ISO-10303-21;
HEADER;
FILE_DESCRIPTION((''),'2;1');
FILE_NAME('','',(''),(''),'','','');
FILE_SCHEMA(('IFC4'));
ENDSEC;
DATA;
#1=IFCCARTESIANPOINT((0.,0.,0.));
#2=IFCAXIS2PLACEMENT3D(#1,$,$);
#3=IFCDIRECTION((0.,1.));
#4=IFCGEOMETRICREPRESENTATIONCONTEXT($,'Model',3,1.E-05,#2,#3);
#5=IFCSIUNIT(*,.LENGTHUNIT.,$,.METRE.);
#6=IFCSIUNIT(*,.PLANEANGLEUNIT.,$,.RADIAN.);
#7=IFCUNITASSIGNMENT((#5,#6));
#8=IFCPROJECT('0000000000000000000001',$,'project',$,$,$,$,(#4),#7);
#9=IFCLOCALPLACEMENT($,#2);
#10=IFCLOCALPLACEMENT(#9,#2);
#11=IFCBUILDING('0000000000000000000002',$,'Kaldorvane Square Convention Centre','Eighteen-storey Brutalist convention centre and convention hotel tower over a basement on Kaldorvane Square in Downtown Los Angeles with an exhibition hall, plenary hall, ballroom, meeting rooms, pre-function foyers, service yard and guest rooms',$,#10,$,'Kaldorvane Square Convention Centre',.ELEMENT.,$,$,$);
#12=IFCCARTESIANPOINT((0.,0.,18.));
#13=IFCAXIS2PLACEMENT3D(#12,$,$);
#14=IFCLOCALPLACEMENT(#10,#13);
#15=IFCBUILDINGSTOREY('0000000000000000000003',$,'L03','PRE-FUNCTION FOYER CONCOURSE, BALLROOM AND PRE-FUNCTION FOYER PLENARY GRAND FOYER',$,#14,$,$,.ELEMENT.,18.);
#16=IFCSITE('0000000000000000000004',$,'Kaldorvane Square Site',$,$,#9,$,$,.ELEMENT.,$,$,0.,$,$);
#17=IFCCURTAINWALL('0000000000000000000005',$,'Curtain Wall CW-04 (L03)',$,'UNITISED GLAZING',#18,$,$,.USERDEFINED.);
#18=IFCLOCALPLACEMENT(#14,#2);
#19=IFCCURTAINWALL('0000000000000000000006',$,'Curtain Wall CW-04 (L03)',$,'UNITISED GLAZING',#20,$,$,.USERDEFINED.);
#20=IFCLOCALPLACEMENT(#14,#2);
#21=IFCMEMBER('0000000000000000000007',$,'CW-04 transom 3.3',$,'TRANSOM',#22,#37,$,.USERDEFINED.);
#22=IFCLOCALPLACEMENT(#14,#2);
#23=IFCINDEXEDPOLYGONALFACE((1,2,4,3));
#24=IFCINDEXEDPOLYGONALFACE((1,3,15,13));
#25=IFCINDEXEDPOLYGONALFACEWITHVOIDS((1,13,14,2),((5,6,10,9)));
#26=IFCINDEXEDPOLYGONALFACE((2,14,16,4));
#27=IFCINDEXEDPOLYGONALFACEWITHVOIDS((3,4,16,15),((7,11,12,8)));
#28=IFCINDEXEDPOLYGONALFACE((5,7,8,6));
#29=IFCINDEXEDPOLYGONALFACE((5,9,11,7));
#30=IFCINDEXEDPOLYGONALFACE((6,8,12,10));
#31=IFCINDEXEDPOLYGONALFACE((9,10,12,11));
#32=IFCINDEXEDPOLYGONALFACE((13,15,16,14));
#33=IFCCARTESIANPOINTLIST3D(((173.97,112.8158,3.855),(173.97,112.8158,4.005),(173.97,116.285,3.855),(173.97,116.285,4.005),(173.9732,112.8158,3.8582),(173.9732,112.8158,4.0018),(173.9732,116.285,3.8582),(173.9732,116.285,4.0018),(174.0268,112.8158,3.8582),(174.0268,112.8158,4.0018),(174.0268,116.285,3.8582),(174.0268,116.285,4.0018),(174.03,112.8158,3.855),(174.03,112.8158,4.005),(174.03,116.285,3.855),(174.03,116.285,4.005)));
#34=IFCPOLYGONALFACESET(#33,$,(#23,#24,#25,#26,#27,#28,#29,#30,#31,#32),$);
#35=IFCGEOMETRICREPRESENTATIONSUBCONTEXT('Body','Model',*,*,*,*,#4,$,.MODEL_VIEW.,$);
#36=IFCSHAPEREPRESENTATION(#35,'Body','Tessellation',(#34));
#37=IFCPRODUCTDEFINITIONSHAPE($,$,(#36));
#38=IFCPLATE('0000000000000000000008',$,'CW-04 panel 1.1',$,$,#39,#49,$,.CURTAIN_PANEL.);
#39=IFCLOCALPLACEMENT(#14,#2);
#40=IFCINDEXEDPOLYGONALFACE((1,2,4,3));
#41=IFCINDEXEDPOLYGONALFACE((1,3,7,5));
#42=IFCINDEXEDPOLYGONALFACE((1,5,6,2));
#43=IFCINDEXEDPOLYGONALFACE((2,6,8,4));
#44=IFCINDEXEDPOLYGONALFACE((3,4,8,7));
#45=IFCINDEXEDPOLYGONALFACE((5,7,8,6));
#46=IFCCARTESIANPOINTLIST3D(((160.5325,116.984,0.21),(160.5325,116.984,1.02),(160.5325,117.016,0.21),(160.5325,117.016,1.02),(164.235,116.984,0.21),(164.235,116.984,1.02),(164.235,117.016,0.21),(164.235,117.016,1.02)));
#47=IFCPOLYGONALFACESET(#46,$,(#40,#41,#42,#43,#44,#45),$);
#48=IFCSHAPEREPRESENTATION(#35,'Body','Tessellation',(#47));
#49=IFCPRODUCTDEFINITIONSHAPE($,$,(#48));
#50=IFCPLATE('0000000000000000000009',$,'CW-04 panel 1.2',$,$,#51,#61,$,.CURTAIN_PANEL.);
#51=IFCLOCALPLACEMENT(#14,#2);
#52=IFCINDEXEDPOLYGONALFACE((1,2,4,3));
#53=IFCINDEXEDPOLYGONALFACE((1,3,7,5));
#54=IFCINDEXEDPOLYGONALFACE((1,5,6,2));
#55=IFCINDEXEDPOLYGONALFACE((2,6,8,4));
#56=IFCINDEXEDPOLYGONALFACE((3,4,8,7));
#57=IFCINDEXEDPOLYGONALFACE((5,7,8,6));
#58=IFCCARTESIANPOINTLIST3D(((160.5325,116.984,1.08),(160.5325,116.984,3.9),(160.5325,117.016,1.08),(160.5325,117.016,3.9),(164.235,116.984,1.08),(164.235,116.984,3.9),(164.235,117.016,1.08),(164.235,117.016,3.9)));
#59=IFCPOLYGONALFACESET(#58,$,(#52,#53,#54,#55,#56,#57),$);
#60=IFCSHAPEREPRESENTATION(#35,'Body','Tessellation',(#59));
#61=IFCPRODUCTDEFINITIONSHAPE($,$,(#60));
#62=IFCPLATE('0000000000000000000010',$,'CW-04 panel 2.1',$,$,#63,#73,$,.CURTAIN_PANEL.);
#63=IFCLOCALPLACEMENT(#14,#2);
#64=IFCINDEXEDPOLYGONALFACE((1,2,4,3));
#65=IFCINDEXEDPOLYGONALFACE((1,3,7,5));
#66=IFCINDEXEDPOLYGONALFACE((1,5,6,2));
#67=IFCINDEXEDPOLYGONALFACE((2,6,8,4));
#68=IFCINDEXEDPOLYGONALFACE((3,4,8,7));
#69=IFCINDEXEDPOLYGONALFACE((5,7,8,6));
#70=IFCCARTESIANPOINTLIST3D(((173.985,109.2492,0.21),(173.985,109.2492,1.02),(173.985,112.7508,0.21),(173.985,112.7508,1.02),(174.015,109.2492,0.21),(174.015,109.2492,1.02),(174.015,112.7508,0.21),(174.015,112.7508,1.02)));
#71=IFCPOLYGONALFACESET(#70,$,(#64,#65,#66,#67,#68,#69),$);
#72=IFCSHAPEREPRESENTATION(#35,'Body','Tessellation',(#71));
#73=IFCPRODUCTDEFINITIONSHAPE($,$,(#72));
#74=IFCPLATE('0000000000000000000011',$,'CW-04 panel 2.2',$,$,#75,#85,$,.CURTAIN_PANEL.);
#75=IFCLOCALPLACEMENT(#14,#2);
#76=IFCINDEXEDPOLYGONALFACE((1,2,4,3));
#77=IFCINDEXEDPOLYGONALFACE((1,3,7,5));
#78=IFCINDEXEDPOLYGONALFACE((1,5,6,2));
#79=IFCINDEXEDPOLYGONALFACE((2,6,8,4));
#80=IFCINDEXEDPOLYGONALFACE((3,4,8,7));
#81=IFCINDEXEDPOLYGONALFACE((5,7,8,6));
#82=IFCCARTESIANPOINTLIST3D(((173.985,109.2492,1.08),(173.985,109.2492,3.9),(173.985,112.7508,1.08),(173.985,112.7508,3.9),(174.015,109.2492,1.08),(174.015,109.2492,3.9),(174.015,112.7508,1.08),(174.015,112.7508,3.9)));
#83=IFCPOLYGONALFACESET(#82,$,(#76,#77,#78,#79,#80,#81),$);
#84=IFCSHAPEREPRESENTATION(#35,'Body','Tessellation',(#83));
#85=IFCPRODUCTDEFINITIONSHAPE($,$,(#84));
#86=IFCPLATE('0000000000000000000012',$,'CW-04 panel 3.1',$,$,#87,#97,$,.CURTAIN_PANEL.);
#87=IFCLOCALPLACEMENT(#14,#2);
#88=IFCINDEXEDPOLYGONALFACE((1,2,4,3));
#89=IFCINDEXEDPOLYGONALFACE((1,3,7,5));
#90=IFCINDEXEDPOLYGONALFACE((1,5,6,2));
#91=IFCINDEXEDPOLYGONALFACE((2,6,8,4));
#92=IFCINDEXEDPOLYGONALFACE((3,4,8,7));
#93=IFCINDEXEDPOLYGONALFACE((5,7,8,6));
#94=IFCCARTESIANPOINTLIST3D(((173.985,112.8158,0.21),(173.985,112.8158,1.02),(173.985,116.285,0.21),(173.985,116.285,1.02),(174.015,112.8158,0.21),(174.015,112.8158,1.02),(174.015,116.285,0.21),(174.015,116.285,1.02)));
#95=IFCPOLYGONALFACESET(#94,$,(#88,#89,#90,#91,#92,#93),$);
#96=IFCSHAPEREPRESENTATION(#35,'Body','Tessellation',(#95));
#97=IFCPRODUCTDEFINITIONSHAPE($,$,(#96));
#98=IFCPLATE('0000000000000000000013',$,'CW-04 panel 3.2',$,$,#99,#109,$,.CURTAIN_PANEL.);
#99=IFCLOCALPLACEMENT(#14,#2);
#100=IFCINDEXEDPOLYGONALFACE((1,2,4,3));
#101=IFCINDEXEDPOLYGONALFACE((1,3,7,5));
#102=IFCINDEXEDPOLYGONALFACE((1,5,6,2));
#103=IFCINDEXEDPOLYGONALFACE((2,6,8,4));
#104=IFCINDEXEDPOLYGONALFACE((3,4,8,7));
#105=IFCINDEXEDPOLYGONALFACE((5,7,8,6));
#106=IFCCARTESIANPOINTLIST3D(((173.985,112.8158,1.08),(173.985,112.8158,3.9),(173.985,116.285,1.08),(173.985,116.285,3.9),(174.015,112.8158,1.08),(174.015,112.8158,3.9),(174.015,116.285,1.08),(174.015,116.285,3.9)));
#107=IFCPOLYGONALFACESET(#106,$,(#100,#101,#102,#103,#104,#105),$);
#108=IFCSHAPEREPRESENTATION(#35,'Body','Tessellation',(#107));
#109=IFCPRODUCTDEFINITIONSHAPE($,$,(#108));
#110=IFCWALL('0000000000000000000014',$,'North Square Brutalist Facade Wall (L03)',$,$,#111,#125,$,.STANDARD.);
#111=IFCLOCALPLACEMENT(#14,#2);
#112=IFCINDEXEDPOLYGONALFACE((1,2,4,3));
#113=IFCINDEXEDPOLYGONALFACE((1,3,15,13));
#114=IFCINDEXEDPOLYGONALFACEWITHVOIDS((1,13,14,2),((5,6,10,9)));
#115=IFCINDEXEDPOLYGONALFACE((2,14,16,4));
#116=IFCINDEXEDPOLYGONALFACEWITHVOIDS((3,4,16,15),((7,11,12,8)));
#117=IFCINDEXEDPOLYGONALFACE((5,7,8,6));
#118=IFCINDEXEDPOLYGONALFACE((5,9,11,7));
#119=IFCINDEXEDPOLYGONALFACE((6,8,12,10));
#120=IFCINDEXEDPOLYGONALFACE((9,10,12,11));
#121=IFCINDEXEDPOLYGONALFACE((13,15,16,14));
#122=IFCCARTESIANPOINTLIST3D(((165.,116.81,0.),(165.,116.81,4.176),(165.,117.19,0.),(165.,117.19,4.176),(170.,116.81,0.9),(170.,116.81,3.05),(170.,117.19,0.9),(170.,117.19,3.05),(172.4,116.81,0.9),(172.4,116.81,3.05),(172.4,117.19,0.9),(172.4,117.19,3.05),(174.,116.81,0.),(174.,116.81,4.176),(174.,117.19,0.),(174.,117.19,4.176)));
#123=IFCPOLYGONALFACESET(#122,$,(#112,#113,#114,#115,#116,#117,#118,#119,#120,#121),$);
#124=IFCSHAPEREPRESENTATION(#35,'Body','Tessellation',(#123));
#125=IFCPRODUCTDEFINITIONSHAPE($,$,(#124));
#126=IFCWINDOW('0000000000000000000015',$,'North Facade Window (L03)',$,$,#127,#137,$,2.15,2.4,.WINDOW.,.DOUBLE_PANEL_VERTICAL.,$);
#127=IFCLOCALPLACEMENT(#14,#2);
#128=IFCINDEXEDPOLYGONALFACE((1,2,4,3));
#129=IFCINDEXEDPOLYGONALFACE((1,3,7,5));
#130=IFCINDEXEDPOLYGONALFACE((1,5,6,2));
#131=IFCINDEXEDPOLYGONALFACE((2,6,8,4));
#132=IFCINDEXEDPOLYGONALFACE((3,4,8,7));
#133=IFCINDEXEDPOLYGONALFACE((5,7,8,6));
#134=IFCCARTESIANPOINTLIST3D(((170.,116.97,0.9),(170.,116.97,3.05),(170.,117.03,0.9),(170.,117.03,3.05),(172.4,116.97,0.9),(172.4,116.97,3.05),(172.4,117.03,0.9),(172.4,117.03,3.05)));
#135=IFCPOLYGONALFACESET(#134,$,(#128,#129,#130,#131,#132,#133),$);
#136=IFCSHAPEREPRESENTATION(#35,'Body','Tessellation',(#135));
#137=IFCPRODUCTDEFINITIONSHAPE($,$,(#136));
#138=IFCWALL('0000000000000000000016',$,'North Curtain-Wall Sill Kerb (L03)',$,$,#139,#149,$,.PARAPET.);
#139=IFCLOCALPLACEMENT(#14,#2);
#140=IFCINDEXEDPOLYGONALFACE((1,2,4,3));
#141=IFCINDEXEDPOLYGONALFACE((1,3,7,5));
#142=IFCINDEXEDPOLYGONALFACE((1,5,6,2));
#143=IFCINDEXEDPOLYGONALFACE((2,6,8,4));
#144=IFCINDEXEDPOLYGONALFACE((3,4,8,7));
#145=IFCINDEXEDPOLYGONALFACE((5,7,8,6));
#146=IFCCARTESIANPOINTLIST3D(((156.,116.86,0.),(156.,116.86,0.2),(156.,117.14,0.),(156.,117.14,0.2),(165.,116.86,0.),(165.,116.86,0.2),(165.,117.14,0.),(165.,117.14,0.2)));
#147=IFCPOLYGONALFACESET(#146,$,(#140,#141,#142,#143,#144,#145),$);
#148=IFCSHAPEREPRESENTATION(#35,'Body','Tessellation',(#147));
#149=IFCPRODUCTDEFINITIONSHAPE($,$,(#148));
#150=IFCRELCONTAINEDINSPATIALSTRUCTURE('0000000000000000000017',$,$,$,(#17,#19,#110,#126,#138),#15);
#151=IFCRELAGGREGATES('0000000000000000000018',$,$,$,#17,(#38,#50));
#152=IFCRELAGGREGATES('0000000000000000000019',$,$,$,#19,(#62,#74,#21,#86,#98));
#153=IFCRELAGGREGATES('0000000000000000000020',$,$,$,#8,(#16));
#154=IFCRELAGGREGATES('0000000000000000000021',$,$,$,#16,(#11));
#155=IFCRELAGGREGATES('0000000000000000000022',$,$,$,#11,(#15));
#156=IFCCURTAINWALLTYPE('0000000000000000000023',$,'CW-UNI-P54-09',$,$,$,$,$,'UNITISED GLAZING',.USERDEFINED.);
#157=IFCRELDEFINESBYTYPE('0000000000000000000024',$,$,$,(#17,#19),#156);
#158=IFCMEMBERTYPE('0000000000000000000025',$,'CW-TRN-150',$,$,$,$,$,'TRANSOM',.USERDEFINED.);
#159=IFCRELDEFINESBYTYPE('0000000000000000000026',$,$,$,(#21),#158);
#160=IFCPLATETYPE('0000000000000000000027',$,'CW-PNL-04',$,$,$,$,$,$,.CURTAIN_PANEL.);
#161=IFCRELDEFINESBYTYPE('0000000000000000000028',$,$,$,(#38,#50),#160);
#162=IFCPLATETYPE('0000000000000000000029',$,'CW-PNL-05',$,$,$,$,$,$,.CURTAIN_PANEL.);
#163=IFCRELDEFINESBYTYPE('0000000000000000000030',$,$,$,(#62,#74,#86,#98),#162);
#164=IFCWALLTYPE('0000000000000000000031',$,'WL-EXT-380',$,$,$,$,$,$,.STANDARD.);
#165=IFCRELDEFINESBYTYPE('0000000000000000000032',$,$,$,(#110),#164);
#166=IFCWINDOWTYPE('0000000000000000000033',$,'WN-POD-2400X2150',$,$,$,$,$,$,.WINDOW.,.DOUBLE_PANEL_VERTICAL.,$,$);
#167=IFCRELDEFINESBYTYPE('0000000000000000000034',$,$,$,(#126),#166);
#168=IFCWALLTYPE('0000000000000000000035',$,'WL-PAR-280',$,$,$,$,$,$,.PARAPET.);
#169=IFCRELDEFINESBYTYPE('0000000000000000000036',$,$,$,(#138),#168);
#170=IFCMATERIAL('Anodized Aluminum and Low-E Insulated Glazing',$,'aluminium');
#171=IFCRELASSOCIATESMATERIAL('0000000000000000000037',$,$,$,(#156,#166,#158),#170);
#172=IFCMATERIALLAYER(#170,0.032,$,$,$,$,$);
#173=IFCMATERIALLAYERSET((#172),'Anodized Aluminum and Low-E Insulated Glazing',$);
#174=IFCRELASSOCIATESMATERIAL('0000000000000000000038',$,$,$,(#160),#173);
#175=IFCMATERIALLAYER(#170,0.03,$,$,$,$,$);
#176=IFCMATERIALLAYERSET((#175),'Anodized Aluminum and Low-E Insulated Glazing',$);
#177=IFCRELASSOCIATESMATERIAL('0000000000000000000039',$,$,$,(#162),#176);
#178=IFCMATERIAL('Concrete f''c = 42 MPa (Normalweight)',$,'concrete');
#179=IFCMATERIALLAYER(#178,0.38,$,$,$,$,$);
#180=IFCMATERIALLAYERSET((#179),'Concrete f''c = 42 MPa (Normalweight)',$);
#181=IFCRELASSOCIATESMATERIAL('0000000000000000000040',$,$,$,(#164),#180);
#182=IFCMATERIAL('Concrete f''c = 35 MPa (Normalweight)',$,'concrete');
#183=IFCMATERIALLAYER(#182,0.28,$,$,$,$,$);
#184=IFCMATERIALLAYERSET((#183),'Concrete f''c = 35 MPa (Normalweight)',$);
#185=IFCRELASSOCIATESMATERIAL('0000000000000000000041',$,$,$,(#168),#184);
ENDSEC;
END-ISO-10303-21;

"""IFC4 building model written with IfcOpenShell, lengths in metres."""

from ifc_helpers import new_model, si_unit, direction, frame, frame_2d, origin, origin_2d, place, context, subcontext, project, spatial, rectangle, hollow_rectangle, extrude, material, layer, layer_set, material_profile, profile_set, type_object, element, fill, aggregate, save


model = new_model("IFC4")

# Units and contexts
model_context = context("Model", 3, precision=1e-05, world=origin(), true_north=direction((0.0, 1.0)))
body_context = subcontext(model_context, "Body", "Model", "MODEL_VIEW")
ifc_project = project(units=[si_unit("LENGTHUNIT", "METRE"), si_unit("PLANEANGLEUNIT", "RADIAN")], contexts=[model_context])

# Site, building, storey
site_placement = place(None, origin())
site = spatial("IfcSite", under=ifc_project, at=site_placement, Name="Kaldorvane Square Site", CompositionType="ELEMENT", RefElevation=0.0)
building_placement = place(site_placement, origin())
building = spatial("IfcBuilding", under=site, at=building_placement, Name="Kaldorvane Square Convention Centre", Description="Eighteen-storey Brutalist convention centre and convention hotel tower over a basement on Kaldorvane Square in Downtown Los Angeles with an exhibition hall, plenary hall, ballroom, meeting rooms, pre-function foyers, service yard and guest rooms", LongName="Kaldorvane Square Convention Centre", CompositionType="ELEMENT")
storey_placement = place(building_placement, frame((0.0, 0.0, 18.0)))
storey = spatial("IfcBuildingStorey", under=building, at=storey_placement, Name="L03", Description="PRE-FUNCTION FOYER CONCOURSE, BALLROOM AND PRE-FUNCTION FOYER PLENARY GRAND FOYER", CompositionType="ELEMENT", Elevation=18.0)

# Shared definitions
ifc_material_1 = material(Name="Concrete f'c = 42 MPa (Normalweight)", Category="concrete")

# Curtain walls
ifc_material_2 = material(Name="Anodized Aluminum and Low-E Insulated Glazing", Category="aluminium")
curtain_wall_type = type_object("IfcCurtainWallType", Name="CW-UNI-P54-09", ElementType="UNITISED GLAZING", PredefinedType="USERDEFINED", material=ifc_material_2)
curtain_wall_1_placement = place(storey_placement, origin())
curtain_wall_1 = element("IfcCurtainWall", 1, at=curtain_wall_1_placement, inside=storey, type_object=curtain_wall_type, Name="Curtain Wall CW-04 (L03)", ObjectType="UNITISED GLAZING", PredefinedType="USERDEFINED")
curtain_wall_2_placement = place(storey_placement, origin())
curtain_wall_2 = element("IfcCurtainWall", 2, at=curtain_wall_2_placement, inside=storey, type_object=curtain_wall_type, Name="Curtain Wall CW-04 (L03)", ObjectType="UNITISED GLAZING", PredefinedType="USERDEFINED")

# Member
ifc_material_profile_1 = material_profile(ifc_material_2, hollow_rectangle(XDim=0.06, YDim=0.15, WallThickness=0.0032, at=origin_2d()), Name="CWT-150X60")
ifc_profile_set_1 = profile_set([ifc_material_profile_1], Name="Anodized Aluminum and Low-E Insulated Glazing")
member_type_1 = type_object("IfcMemberType", Name="CW-TRN-150", ElementType="TRANSOM", PredefinedType="USERDEFINED", material=ifc_profile_set_1)
member_1_placement = place(storey_placement, frame((174.0, 112.8158, 3.93), z_axis=(0.0, 1.0, 0.0), x_axis=(-1.0, 0.0, 0.0)))
member_1 = element("IfcMember", 3, at=member_1_placement, type_object=member_type_1, Name="CW-04 transom 3.3", ObjectType="TRANSOM", PredefinedType="USERDEFINED", context=body_context, shape_type="SweptSolid", body=[
    extrude(hollow_rectangle(XDim=0.06, YDim=0.15, WallThickness=0.0032, at=origin_2d()), origin(), (0.0, 0.0, 1.0), 3.4692),
])

# Plates
ifc_layer_1 = layer(ifc_material_2, 0.032)
ifc_layer_set_1 = layer_set([ifc_layer_1], Name="Anodized Aluminum and Low-E Insulated Glazing")
plate_type_1 = type_object("IfcPlateType", Name="CW-PNL-04", PredefinedType="CURTAIN_PANEL", material=ifc_layer_set_1)
plate_1_placement = place(storey_placement, frame((162.3837, 117.0, 0.21), z_axis=(0.0, 0.0, 1.0), x_axis=(-1.0, 0.0, 0.0)))
plate_1 = element("IfcPlate", 4, at=plate_1_placement, type_object=plate_type_1, Name="CW-04 panel 1.1", PredefinedType="CURTAIN_PANEL", context=body_context, shape_type="SweptSolid", body=[
    extrude(rectangle(XDim=3.7025, YDim=0.032, at=origin_2d()), origin(), (0.0, 0.0, 1.0), 0.81),
])
plate_2_placement = place(storey_placement, frame((162.3837, 117.0, 1.08), z_axis=(0.0, 0.0, 1.0), x_axis=(-1.0, 0.0, 0.0)))
plate_2 = element("IfcPlate", 5, at=plate_2_placement, type_object=plate_type_1, Name="CW-04 panel 1.2", PredefinedType="CURTAIN_PANEL", context=body_context, shape_type="SweptSolid", body=[
    extrude(rectangle(XDim=3.7025, YDim=0.032, at=origin_2d()), origin(), (0.0, 0.0, 1.0), 2.82),
])
aggregate(curtain_wall_1, [plate_1, plate_2])
ifc_layer_2 = layer(ifc_material_2, 0.03)
ifc_layer_set_2 = layer_set([ifc_layer_2], Name="Anodized Aluminum and Low-E Insulated Glazing")
plate_type_2 = type_object("IfcPlateType", Name="CW-PNL-05", PredefinedType="CURTAIN_PANEL", material=ifc_layer_set_2)
plate_3_placement = place(storey_placement, frame((174.0, 111.0, 0.21), z_axis=(0.0, 0.0, 1.0), x_axis=(0.0, 1.0, 0.0)))
plate_3 = element("IfcPlate", 6, at=plate_3_placement, type_object=plate_type_2, Name="CW-04 panel 2.1", PredefinedType="CURTAIN_PANEL", context=body_context, shape_type="SweptSolid", body=[
    extrude(rectangle(XDim=3.5017, YDim=0.03, at=origin_2d()), origin(), (0.0, 0.0, 1.0), 0.81),
])
plate_4_placement = place(storey_placement, frame((174.0, 111.0, 1.08), z_axis=(0.0, 0.0, 1.0), x_axis=(0.0, 1.0, 0.0)))
plate_4 = element("IfcPlate", 7, at=plate_4_placement, type_object=plate_type_2, Name="CW-04 panel 2.2", PredefinedType="CURTAIN_PANEL", context=body_context, shape_type="SweptSolid", body=[
    extrude(rectangle(XDim=3.5017, YDim=0.03, at=origin_2d()), origin(), (0.0, 0.0, 1.0), 2.82),
])
plate_5_placement = place(storey_placement, frame((174.0, 114.5504, 0.21), z_axis=(0.0, 0.0, 1.0), x_axis=(0.0, 1.0, 0.0)))
plate_5 = element("IfcPlate", 8, at=plate_5_placement, type_object=plate_type_2, Name="CW-04 panel 3.1", PredefinedType="CURTAIN_PANEL", context=body_context, shape_type="SweptSolid", body=[
    extrude(rectangle(XDim=3.4692, YDim=0.03, at=origin_2d()), origin(), (0.0, 0.0, 1.0), 0.81),
])
plate_6_placement = place(storey_placement, frame((174.0, 114.5504, 1.08), z_axis=(0.0, 0.0, 1.0), x_axis=(0.0, 1.0, 0.0)))
plate_6 = element("IfcPlate", 9, at=plate_6_placement, type_object=plate_type_2, Name="CW-04 panel 3.2", PredefinedType="CURTAIN_PANEL", context=body_context, shape_type="SweptSolid", body=[
    extrude(rectangle(XDim=3.4692, YDim=0.03, at=origin_2d()), origin(), (0.0, 0.0, 1.0), 2.82),
])
aggregate(curtain_wall_2, [plate_3, plate_4, member_1, plate_5, plate_6])

# Wall, opening, window
ifc_layer_3 = layer(ifc_material_1, 0.38)
ifc_layer_set_3 = layer_set([ifc_layer_3], Name="Concrete f'c = 42 MPa (Normalweight)")
wall_type_1 = type_object("IfcWallType", Name="WL-EXT-380", PredefinedType="STANDARD", material=ifc_layer_set_3)
wall_1_placement = place(storey_placement, frame((174.0, 117.0, 0.0), z_axis=(0.0, 0.0, 1.0), x_axis=(-1.0, 0.0, 0.0)))
wall_1 = element("IfcWall", 10, at=wall_1_placement, inside=storey, type_object=wall_type_1, Name="North Square Brutalist Facade Wall (L03)", PredefinedType="STANDARD", context=body_context, shape_type="SweptSolid", body=[
    extrude(rectangle(XDim=9.0, YDim=0.38, at=frame_2d((4.5, 0.0))), origin(), (0.0, 0.0, 1.0), 4.176),
])
opening_placement = place(wall_1_placement, frame((1.6, 0.0, 0.9)))
opening = element("IfcOpeningElement", 11, at=opening_placement, cuts=wall_1, PredefinedType="OPENING", context=body_context, shape_type="SweptSolid", body=[
    extrude(rectangle(XDim=2.4, YDim=2.15, at=frame_2d((1.2, 1.075))), frame((0.0, 0.205, 0.0), z_axis=(0.0, -1.0, 0.0), x_axis=(1.0, 0.0, 0.0)), (0.0, 0.0, 1.0), 0.41),
])
window_type = type_object("IfcWindowType", Name="WN-POD-2400X2150", PartitioningType="DOUBLE_PANEL_VERTICAL", PredefinedType="WINDOW", material=ifc_material_2)
window_placement = place(opening_placement, origin())
window = element("IfcWindow", 12, at=window_placement, inside=storey, type_object=window_type, Name="North Facade Window (L03)", OverallHeight=2.15, OverallWidth=2.4, PartitioningType="DOUBLE_PANEL_VERTICAL", PredefinedType="WINDOW", context=body_context, shape_type="SweptSolid", body=[
    extrude(rectangle(XDim=2.4, YDim=2.15, at=frame_2d((1.2, 1.075))), frame((0.0, 0.03, 0.0), z_axis=(0.0, -1.0, 0.0), x_axis=(1.0, 0.0, 0.0)), (0.0, 0.0, 1.0), 0.06),
])
fill(opening, window)

# Wall
ifc_material_3 = material(Name="Concrete f'c = 35 MPa (Normalweight)", Category="concrete")
ifc_layer_4 = layer(ifc_material_3, 0.28)
ifc_layer_set_4 = layer_set([ifc_layer_4], Name="Concrete f'c = 35 MPa (Normalweight)")
wall_type_2 = type_object("IfcWallType", Name="WL-PAR-280", PredefinedType="PARAPET", material=ifc_layer_set_4)
wall_2_placement = place(storey_placement, frame((165.0, 117.0, 0.0), z_axis=(0.0, 0.0, 1.0), x_axis=(-1.0, 0.0, 0.0)))
element("IfcWall", 13, at=wall_2_placement, inside=storey, type_object=wall_type_2, Name="North Curtain-Wall Sill Kerb (L03)", PredefinedType="PARAPET", context=body_context, shape_type="SweptSolid", body=[
    extrude(rectangle(XDim=9.0, YDim=0.28, at=frame_2d((4.5, 0.0))), origin(), (0.0, 0.0, 1.0), 0.2),
])

save(model, "model.ifc")
